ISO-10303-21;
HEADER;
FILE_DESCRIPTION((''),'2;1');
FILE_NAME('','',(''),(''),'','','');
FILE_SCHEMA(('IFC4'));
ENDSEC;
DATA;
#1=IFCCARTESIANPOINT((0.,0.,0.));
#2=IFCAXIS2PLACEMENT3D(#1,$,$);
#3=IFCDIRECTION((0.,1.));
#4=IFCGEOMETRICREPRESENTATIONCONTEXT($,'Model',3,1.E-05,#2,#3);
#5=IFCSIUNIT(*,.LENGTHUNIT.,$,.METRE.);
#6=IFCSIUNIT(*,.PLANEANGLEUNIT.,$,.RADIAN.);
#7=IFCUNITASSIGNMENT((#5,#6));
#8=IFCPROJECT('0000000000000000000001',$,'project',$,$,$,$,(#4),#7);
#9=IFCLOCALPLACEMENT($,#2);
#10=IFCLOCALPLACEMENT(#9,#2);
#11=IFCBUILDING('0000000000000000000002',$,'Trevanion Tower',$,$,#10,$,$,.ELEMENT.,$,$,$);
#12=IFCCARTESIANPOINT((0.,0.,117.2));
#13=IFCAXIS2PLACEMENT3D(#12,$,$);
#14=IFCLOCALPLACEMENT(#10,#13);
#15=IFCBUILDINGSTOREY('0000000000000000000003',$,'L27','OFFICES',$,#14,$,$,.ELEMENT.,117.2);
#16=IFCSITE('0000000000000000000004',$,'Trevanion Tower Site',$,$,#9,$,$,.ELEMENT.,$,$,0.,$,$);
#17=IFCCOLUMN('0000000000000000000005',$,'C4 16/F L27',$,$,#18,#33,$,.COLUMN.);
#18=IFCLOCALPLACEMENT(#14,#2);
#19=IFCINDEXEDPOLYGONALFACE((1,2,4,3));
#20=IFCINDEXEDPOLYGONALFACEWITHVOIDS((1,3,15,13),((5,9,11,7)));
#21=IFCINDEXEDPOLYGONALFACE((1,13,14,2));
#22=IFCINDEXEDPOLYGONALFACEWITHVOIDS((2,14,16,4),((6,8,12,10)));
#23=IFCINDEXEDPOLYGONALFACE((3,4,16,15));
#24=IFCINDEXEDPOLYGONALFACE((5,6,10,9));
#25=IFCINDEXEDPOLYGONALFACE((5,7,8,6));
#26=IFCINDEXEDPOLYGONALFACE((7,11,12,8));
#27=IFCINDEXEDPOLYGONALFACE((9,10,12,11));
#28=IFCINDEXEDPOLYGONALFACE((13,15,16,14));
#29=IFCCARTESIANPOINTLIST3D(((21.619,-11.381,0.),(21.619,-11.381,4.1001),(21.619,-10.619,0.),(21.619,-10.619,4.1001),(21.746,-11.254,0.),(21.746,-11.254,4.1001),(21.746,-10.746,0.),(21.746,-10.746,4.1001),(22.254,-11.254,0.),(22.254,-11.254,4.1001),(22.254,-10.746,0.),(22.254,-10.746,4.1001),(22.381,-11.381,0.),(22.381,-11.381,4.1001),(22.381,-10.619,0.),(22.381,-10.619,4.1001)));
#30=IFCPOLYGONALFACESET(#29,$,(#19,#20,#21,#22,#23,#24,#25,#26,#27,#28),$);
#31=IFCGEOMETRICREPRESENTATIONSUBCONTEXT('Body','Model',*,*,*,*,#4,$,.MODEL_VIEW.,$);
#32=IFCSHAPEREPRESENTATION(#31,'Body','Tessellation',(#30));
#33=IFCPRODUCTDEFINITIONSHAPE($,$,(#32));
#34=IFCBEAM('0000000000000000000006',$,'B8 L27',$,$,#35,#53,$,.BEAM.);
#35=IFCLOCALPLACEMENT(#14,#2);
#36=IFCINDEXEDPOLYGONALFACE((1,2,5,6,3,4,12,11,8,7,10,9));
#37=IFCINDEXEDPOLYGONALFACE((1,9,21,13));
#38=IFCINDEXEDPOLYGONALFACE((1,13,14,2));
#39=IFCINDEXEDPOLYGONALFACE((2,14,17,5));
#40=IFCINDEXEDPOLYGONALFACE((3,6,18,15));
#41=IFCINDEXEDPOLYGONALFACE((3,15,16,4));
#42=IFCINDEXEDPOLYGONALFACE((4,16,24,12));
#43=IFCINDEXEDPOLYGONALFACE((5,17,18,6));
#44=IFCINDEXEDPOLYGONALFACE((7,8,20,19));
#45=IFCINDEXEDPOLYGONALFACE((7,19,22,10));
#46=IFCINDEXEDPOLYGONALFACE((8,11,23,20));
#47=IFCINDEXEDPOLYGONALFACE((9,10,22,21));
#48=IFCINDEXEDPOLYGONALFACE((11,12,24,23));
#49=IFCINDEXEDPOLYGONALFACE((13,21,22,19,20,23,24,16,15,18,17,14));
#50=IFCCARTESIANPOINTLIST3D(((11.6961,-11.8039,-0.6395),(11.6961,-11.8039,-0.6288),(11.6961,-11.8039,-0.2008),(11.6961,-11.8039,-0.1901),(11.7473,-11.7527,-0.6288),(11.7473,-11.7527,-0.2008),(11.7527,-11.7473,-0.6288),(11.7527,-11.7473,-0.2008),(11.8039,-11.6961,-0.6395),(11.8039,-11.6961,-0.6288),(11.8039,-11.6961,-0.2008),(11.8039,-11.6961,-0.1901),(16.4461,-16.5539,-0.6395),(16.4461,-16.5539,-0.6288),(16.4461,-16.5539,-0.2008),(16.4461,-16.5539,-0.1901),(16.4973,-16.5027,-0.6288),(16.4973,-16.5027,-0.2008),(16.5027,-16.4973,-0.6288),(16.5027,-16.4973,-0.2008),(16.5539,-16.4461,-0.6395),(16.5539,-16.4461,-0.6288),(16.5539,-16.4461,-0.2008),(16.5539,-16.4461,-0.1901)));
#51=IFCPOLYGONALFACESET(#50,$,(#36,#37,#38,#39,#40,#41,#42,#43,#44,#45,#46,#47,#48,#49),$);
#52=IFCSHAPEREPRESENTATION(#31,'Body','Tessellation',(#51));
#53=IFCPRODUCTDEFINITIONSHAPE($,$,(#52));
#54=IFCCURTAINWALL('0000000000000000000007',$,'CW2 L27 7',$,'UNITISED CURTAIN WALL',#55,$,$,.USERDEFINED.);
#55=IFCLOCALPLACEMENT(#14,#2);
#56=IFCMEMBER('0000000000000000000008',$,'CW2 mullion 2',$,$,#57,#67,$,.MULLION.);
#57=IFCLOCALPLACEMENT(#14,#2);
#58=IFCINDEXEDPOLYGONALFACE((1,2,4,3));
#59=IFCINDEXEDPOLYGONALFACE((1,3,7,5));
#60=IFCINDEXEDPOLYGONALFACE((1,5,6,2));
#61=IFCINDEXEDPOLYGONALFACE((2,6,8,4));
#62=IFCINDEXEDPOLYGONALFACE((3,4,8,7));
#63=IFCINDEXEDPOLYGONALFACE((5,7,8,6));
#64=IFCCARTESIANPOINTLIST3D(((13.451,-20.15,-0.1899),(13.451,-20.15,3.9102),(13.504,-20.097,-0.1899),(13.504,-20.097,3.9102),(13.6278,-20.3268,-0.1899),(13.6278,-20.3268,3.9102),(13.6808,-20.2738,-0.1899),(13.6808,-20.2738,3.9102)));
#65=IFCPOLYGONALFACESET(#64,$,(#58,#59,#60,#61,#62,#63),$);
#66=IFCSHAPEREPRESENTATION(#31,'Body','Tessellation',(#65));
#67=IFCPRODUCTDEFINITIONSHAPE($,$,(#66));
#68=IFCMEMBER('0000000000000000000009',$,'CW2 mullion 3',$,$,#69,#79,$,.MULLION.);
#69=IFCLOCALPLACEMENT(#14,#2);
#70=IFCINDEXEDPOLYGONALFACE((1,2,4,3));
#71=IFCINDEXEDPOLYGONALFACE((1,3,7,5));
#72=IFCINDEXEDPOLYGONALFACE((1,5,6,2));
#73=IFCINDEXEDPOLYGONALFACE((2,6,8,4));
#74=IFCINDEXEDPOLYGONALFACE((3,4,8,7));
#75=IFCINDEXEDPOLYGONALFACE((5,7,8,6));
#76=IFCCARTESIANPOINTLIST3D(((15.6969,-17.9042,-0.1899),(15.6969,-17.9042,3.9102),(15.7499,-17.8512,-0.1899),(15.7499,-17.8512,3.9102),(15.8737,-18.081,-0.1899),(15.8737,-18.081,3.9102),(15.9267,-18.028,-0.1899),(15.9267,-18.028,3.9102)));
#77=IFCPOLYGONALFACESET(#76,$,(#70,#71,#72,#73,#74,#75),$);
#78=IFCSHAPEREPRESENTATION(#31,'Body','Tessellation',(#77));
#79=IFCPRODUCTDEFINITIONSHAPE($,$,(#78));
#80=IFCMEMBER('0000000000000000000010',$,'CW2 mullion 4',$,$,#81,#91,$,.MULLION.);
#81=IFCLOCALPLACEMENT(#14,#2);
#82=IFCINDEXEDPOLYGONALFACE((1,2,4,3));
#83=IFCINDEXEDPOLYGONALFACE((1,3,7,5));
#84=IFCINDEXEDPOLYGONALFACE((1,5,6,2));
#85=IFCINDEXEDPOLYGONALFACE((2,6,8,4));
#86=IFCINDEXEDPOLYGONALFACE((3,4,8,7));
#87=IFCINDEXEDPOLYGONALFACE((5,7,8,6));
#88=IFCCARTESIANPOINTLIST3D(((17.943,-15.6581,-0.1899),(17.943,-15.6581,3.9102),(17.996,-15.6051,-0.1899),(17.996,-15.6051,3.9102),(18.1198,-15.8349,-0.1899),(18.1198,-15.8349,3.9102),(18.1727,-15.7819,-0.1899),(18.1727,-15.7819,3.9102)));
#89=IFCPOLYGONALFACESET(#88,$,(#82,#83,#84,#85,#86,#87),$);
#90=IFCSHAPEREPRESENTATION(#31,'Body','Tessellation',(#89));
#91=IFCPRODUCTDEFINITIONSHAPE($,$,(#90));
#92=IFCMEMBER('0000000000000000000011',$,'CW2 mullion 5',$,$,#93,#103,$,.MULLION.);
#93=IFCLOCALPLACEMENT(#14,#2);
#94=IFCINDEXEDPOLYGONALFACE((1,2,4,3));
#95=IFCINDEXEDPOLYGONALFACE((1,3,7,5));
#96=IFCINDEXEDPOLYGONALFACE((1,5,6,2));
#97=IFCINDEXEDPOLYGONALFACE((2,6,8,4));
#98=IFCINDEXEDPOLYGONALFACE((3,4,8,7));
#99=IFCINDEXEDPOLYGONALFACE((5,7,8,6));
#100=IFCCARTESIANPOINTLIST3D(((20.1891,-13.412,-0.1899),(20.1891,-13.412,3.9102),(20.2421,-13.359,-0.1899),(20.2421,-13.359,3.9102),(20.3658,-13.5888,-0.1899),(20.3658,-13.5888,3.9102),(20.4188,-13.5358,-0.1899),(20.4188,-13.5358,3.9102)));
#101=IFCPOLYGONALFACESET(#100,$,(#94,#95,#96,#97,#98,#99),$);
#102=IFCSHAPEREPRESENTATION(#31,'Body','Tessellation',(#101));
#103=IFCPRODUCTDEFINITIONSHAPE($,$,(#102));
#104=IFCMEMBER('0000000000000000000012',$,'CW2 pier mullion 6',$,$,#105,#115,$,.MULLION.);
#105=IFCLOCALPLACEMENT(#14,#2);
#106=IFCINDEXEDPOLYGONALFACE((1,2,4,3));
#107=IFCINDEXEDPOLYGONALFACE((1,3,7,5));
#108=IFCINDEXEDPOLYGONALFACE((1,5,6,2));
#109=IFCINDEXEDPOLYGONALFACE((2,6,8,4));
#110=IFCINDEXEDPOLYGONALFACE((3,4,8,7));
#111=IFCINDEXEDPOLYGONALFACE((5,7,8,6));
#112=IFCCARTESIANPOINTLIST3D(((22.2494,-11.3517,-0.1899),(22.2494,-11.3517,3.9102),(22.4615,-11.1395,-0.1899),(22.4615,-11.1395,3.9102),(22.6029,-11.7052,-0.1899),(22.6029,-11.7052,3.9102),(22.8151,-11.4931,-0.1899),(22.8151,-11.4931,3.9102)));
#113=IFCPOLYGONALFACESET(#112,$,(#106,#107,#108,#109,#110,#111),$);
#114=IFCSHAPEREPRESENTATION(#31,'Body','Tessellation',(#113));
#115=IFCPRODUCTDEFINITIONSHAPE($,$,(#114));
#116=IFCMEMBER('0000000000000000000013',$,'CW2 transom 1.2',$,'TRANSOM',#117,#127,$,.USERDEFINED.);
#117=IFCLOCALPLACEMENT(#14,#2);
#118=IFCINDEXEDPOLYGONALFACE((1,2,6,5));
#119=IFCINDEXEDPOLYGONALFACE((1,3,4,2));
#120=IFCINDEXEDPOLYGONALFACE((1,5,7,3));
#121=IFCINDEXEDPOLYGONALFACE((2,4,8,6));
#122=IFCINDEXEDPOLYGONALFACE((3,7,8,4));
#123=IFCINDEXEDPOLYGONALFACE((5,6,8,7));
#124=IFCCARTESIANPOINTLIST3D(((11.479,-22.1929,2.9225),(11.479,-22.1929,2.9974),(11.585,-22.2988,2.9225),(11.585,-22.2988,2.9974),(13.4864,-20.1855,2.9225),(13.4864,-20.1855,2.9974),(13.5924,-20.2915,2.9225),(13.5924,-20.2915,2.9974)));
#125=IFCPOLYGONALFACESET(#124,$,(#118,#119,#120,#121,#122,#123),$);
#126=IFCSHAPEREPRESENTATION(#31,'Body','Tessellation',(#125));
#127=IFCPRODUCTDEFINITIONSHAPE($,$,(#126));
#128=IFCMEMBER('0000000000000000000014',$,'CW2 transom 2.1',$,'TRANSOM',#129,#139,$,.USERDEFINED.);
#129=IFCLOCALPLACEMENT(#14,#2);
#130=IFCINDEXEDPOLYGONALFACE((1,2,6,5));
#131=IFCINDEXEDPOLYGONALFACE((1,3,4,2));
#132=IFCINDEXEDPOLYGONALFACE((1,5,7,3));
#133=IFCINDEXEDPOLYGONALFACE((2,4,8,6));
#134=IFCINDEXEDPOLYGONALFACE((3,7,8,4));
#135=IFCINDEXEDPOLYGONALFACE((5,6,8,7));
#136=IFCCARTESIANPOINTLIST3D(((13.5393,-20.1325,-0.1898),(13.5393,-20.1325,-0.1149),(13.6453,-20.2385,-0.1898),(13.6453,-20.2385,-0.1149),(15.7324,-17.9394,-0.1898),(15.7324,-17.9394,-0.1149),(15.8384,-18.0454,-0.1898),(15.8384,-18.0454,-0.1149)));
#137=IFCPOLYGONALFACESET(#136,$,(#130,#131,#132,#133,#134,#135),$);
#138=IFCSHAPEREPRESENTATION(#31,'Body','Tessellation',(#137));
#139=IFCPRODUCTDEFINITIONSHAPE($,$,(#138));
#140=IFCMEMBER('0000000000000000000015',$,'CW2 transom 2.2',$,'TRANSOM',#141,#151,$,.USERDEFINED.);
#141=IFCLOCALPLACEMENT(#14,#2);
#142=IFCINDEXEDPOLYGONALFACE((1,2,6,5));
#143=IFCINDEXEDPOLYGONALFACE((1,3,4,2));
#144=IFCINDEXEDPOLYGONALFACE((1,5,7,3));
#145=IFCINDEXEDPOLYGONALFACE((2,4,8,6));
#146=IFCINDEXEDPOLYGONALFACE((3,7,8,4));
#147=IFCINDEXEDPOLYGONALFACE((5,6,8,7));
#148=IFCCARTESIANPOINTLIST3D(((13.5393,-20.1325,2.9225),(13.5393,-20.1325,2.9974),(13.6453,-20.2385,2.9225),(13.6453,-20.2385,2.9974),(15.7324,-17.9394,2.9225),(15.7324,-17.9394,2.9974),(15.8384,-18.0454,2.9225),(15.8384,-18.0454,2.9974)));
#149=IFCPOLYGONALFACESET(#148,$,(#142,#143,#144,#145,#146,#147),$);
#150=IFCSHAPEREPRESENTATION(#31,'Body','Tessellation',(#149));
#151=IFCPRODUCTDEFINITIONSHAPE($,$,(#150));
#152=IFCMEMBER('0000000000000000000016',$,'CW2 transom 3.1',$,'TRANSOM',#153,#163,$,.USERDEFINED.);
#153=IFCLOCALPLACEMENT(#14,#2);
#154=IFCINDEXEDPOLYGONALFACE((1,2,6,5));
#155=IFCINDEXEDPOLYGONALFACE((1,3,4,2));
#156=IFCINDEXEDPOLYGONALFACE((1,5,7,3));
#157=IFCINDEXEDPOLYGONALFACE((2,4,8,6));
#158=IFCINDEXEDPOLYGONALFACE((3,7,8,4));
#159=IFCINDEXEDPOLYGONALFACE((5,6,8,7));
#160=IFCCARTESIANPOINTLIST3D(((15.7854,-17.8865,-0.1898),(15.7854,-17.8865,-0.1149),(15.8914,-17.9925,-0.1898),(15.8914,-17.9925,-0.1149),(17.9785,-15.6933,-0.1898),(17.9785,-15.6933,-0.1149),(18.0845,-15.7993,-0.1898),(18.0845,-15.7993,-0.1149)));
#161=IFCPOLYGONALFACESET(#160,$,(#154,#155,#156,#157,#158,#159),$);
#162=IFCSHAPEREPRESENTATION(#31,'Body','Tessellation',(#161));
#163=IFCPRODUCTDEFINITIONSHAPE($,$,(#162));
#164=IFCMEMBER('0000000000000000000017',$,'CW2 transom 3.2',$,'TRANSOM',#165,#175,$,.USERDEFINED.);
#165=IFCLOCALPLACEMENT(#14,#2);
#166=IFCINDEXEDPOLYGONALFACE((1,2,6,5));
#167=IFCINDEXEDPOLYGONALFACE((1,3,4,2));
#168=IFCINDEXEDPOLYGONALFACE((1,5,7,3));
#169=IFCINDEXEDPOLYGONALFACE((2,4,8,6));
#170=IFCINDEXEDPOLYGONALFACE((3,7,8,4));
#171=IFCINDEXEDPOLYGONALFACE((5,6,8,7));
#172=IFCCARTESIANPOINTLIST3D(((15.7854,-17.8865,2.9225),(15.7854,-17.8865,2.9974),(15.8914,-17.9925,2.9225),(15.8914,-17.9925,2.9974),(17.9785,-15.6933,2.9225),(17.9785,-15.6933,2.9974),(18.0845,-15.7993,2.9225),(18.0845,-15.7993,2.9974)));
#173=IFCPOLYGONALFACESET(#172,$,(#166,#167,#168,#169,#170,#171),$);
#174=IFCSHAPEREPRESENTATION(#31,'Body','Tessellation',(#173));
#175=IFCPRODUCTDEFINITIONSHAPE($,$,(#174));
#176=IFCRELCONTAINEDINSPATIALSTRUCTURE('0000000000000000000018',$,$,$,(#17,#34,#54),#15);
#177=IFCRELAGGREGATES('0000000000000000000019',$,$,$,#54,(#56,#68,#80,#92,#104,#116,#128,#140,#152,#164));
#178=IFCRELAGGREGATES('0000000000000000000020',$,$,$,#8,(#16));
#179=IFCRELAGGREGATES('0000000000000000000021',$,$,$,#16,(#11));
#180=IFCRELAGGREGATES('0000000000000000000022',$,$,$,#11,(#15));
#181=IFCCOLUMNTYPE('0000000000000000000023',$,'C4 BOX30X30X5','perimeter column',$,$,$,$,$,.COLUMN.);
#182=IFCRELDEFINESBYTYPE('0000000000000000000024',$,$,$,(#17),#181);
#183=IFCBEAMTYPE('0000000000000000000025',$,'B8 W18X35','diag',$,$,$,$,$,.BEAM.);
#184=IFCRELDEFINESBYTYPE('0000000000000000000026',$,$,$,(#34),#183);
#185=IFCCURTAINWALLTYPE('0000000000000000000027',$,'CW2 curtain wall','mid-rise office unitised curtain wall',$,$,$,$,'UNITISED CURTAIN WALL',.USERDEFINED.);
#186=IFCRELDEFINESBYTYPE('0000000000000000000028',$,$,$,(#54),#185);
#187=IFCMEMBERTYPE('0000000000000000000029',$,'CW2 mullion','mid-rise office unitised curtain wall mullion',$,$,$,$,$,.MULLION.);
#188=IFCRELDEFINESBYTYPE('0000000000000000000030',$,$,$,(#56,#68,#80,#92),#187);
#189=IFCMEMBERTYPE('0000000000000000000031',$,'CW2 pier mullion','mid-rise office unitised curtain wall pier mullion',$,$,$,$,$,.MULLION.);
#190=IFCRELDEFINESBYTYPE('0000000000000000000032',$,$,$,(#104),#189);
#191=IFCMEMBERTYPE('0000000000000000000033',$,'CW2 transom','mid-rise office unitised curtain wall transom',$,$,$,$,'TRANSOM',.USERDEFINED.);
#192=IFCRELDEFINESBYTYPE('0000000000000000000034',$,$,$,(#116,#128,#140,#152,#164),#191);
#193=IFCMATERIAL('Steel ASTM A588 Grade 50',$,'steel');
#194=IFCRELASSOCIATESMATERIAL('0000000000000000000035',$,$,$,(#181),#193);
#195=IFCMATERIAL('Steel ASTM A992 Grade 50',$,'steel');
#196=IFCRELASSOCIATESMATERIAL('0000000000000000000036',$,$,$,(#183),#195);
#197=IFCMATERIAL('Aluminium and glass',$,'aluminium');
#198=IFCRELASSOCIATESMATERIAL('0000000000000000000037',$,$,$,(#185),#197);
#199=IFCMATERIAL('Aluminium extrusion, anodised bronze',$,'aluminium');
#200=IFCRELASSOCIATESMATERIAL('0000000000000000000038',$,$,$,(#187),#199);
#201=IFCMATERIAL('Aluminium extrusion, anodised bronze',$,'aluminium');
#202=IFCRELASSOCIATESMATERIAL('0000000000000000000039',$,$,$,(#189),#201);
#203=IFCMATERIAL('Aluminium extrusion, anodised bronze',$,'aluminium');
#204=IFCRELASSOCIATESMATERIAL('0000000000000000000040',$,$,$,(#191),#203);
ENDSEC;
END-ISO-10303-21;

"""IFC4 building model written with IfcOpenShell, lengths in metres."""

from ifc_helpers import new_model, si_unit, direction, frame, origin, origin_2d, place, context, subcontext, project, spatial, rectangle, hollow_rectangle, i_section, extrude, material, material_profile, profile_set, type_object, element, aggregate, save


model = new_model("IFC4")

# Units and contexts
model_context = context("Model", 3, precision=1e-05, world=origin(), true_north=direction((0.0, 1.0)))
body_context = subcontext(model_context, "Body", "Model", "MODEL_VIEW")
ifc_project = project(units=[si_unit("LENGTHUNIT", "METRE"), si_unit("PLANEANGLEUNIT", "RADIAN")], contexts=[model_context])

# Site, building, storey
site_placement = place(None, origin())
site = spatial("IfcSite", under=ifc_project, at=site_placement, Name="Trevanion Tower Site", CompositionType="ELEMENT", RefElevation=0.0)
building_placement = place(site_placement, origin())
building = spatial("IfcBuilding", under=site, at=building_placement, Name="Trevanion Tower", CompositionType="ELEMENT")
storey_placement = place(building_placement, frame((0.0, 0.0, 117.2)))
storey = spatial("IfcBuildingStorey", under=building, at=storey_placement, Name="L27", Description="OFFICES", CompositionType="ELEMENT", Elevation=117.2)

# Column
ifc_material_1 = material(Name="Steel ASTM A588 Grade 50", Category="steel")
ifc_material_profile_1 = material_profile(ifc_material_1, hollow_rectangle(XDim=0.762, YDim=0.762, WallThickness=0.127, at=origin_2d()), Name="BOX30X30X5")
ifc_profile_set_1 = profile_set([ifc_material_profile_1], Name="Steel ASTM A588 Grade 50")
column_type = type_object("IfcColumnType", Name="C4 BOX30X30X5", Description="perimeter column", PredefinedType="COLUMN", material=ifc_profile_set_1)
column_placement = place(storey_placement, frame((22.0, -11.0, 0.0), z_axis=(0.0, 0.0, 1.0), x_axis=(0.0, 1.0, 0.0)))
element("IfcColumn", 1, at=column_placement, inside=storey, type_object=column_type, Name="C4 16/F L27", PredefinedType="COLUMN", context=body_context, shape_type="SweptSolid", body=[
    extrude(hollow_rectangle(XDim=0.762, YDim=0.762, WallThickness=0.127, at=origin_2d()), origin(), (0.0, 0.0, 1.0), 4.1001),
])

# Beam
ifc_material_2 = material(Name="Steel ASTM A992 Grade 50", Category="steel")
ifc_material_profile_2 = material_profile(ifc_material_2, i_section(OverallWidth=0.1523, OverallDepth=0.4495, WebThickness=0.0076, FlangeThickness=0.0107, at=origin_2d()), Name="W18X35")
ifc_profile_set_2 = profile_set([ifc_material_profile_2], Name="Steel ASTM A992 Grade 50")
beam_type_1 = type_object("IfcBeamType", Name="B8 W18X35", Description="diag", PredefinedType="BEAM", material=ifc_profile_set_2)
beam_1_placement = place(storey_placement, frame((11.75, -11.75, -0.4148), z_axis=(0.707107, -0.707107, 0.0), x_axis=(0.707107, 0.707107, 0.0)))
element("IfcBeam", 2, at=beam_1_placement, inside=storey, type_object=beam_type_1, Name="B8 L27", PredefinedType="BEAM", context=body_context, shape_type="SweptSolid", body=[
    extrude(i_section(OverallWidth=0.1523, OverallDepth=0.4495, WebThickness=0.0076, FlangeThickness=0.0107, at=origin_2d()), origin(), (0.0, 0.0, 1.0), 6.7175),
])

# Curtain wall, members
ifc_material_3 = material(Name="Aluminium and glass", Category="aluminium")
curtain_wall_type = type_object("IfcCurtainWallType", Name="CW2 curtain wall", Description="mid-rise office unitised curtain wall", ElementType="UNITISED CURTAIN WALL", PredefinedType="USERDEFINED", material=ifc_material_3)
curtain_wall_placement = place(storey_placement, origin())
curtain_wall = element("IfcCurtainWall", 3, at=curtain_wall_placement, inside=storey, type_object=curtain_wall_type, Name="CW2 L27 7", ObjectType="UNITISED CURTAIN WALL", PredefinedType="USERDEFINED")
ifc_material_4 = material(Name="Aluminium extrusion, anodised bronze", Category="aluminium")
ifc_material_profile_3 = material_profile(ifc_material_4, rectangle(XDim=0.075, YDim=0.25, at=origin_2d()), Name="CW2 mullion")
ifc_profile_set_3 = profile_set([ifc_material_profile_3], Name="Aluminium extrusion, anodised bronze")
member_type_1 = type_object("IfcMemberType", Name="CW2 mullion", Description="mid-rise office unitised curtain wall mullion", PredefinedType="MULLION", material=ifc_profile_set_3)
member_1_placement = place(storey_placement, frame((13.5659, -20.2119, -0.1899), z_axis=(0.0, 0.0, 1.0), x_axis=(0.707107, 0.707107, 0.0)))
member_1 = element("IfcMember", 4, at=member_1_placement, type_object=member_type_1, Name="CW2 mullion 2", PredefinedType="MULLION", context=body_context, shape_type="SweptSolid", body=[
    extrude(rectangle(XDim=0.075, YDim=0.25, at=origin_2d()), origin(), (0.0, 0.0, 1.0), 4.1001),
])
member_2_placement = place(storey_placement, frame((15.8118, -17.9661, -0.1899), z_axis=(0.0, 0.0, 1.0), x_axis=(0.707107, 0.707107, 0.0)))
member_2 = element("IfcMember", 5, at=member_2_placement, type_object=member_type_1, Name="CW2 mullion 3", PredefinedType="MULLION", context=body_context, shape_type="SweptSolid", body=[
    extrude(rectangle(XDim=0.075, YDim=0.25, at=origin_2d()), origin(), (0.0, 0.0, 1.0), 4.1001),
])
member_3_placement = place(storey_placement, frame((18.0579, -15.72, -0.1899), z_axis=(0.0, 0.0, 1.0), x_axis=(0.707107, 0.707107, 0.0)))
member_3 = element("IfcMember", 6, at=member_3_placement, type_object=member_type_1, Name="CW2 mullion 4", PredefinedType="MULLION", context=body_context, shape_type="SweptSolid", body=[
    extrude(rectangle(XDim=0.075, YDim=0.25, at=origin_2d()), origin(), (0.0, 0.0, 1.0), 4.1001),
])
member_4_placement = place(storey_placement, frame((20.304, -13.4739, -0.1899), z_axis=(0.0, 0.0, 1.0), x_axis=(0.707107, 0.707107, 0.0)))
member_4 = element("IfcMember", 7, at=member_4_placement, type_object=member_type_1, Name="CW2 mullion 5", PredefinedType="MULLION", context=body_context, shape_type="SweptSolid", body=[
    extrude(rectangle(XDim=0.075, YDim=0.25, at=origin_2d()), origin(), (0.0, 0.0, 1.0), 4.1001),
])
ifc_material_5 = material(Name="Aluminium extrusion, anodised bronze", Category="aluminium")
ifc_material_profile_4 = material_profile(ifc_material_5, rectangle(XDim=0.3, YDim=0.5, at=origin_2d()), Name="CW2 pier mullion")
ifc_profile_set_4 = profile_set([ifc_material_profile_4], Name="Aluminium extrusion, anodised bronze")
member_type_2 = type_object("IfcMemberType", Name="CW2 pier mullion", Description="mid-rise office unitised curtain wall pier mullion", PredefinedType="MULLION", material=ifc_profile_set_4)
member_5_placement = place(storey_placement, frame((22.5322, -11.4224, -0.1899), z_axis=(0.0, 0.0, 1.0), x_axis=(0.707107, 0.707107, 0.0)))
member_5 = element("IfcMember", 8, at=member_5_placement, type_object=member_type_2, Name="CW2 pier mullion 6", PredefinedType="MULLION", context=body_context, shape_type="SweptSolid", body=[
    extrude(rectangle(XDim=0.3, YDim=0.5, at=origin_2d()), origin(), (0.0, 0.0, 1.0), 4.1001),
])
ifc_material_6 = material(Name="Aluminium extrusion, anodised bronze", Category="aluminium")
ifc_material_profile_5 = material_profile(ifc_material_6, rectangle(XDim=0.1499, YDim=0.075, at=origin_2d()), Name="CW2 transom")
ifc_profile_set_5 = profile_set([ifc_material_profile_5], Name="Aluminium extrusion, anodised bronze")
member_type_3 = type_object("IfcMemberType", Name="CW2 transom", Description="mid-rise office unitised curtain wall transom", ElementType="TRANSOM", PredefinedType="USERDEFINED", material=ifc_profile_set_5)
member_6_placement = place(storey_placement, frame((11.532, -22.2458, 2.96), z_axis=(0.707107, 0.707107, 0.0), x_axis=(-0.707107, 0.707107, 0.0)))
member_6 = element("IfcMember", 9, at=member_6_placement, type_object=member_type_3, Name="CW2 transom 1.2", ObjectType="TRANSOM", PredefinedType="USERDEFINED", context=body_context, shape_type="SweptSolid", body=[
    extrude(rectangle(XDim=0.1499, YDim=0.075, at=origin_2d()), origin(), (0.0, 0.0, 1.0), 2.8389),
])
member_7_placement = place(storey_placement, frame((13.5923, -20.1855, -0.1523), z_axis=(0.707107, 0.707107, 0.0), x_axis=(-0.707107, 0.707107, 0.0)))
member_7 = element("IfcMember", 10, at=member_7_placement, type_object=member_type_3, Name="CW2 transom 2.1", ObjectType="TRANSOM", PredefinedType="USERDEFINED", context=body_context, shape_type="SweptSolid", body=[
    extrude(rectangle(XDim=0.1499, YDim=0.075, at=origin_2d()), origin(), (0.0, 0.0, 1.0), 3.1016),
])
member_8_placement = place(storey_placement, frame((13.5923, -20.1855, 2.96), z_axis=(0.707107, 0.707107, 0.0), x_axis=(-0.707107, 0.707107, 0.0)))
member_8 = element("IfcMember", 11, at=member_8_placement, type_object=member_type_3, Name="CW2 transom 2.2", ObjectType="TRANSOM", PredefinedType="USERDEFINED", context=body_context, shape_type="SweptSolid", body=[
    extrude(rectangle(XDim=0.1499, YDim=0.075, at=origin_2d()), origin(), (0.0, 0.0, 1.0), 3.1016),
])
member_9_placement = place(storey_placement, frame((15.8384, -17.9395, -0.1523), z_axis=(0.707107, 0.707107, 0.0), x_axis=(-0.707107, 0.707107, 0.0)))
member_9 = element("IfcMember", 12, at=member_9_placement, type_object=member_type_3, Name="CW2 transom 3.1", ObjectType="TRANSOM", PredefinedType="USERDEFINED", context=body_context, shape_type="SweptSolid", body=[
    extrude(rectangle(XDim=0.1499, YDim=0.075, at=origin_2d()), origin(), (0.0, 0.0, 1.0), 3.1016),
])
member_10_placement = place(storey_placement, frame((15.8384, -17.9395, 2.96), z_axis=(0.707107, 0.707107, 0.0), x_axis=(-0.707107, 0.707107, 0.0)))
member_10 = element("IfcMember", 13, at=member_10_placement, type_object=member_type_3, Name="CW2 transom 3.2", ObjectType="TRANSOM", PredefinedType="USERDEFINED", context=body_context, shape_type="SweptSolid", body=[
    extrude(rectangle(XDim=0.1499, YDim=0.075, at=origin_2d()), origin(), (0.0, 0.0, 1.0), 3.1016),
])

aggregate(curtain_wall, [member_1, member_2, member_3, member_4, member_5, member_6, member_7, member_8, member_9, member_10])

save(model, "model.ifc")
